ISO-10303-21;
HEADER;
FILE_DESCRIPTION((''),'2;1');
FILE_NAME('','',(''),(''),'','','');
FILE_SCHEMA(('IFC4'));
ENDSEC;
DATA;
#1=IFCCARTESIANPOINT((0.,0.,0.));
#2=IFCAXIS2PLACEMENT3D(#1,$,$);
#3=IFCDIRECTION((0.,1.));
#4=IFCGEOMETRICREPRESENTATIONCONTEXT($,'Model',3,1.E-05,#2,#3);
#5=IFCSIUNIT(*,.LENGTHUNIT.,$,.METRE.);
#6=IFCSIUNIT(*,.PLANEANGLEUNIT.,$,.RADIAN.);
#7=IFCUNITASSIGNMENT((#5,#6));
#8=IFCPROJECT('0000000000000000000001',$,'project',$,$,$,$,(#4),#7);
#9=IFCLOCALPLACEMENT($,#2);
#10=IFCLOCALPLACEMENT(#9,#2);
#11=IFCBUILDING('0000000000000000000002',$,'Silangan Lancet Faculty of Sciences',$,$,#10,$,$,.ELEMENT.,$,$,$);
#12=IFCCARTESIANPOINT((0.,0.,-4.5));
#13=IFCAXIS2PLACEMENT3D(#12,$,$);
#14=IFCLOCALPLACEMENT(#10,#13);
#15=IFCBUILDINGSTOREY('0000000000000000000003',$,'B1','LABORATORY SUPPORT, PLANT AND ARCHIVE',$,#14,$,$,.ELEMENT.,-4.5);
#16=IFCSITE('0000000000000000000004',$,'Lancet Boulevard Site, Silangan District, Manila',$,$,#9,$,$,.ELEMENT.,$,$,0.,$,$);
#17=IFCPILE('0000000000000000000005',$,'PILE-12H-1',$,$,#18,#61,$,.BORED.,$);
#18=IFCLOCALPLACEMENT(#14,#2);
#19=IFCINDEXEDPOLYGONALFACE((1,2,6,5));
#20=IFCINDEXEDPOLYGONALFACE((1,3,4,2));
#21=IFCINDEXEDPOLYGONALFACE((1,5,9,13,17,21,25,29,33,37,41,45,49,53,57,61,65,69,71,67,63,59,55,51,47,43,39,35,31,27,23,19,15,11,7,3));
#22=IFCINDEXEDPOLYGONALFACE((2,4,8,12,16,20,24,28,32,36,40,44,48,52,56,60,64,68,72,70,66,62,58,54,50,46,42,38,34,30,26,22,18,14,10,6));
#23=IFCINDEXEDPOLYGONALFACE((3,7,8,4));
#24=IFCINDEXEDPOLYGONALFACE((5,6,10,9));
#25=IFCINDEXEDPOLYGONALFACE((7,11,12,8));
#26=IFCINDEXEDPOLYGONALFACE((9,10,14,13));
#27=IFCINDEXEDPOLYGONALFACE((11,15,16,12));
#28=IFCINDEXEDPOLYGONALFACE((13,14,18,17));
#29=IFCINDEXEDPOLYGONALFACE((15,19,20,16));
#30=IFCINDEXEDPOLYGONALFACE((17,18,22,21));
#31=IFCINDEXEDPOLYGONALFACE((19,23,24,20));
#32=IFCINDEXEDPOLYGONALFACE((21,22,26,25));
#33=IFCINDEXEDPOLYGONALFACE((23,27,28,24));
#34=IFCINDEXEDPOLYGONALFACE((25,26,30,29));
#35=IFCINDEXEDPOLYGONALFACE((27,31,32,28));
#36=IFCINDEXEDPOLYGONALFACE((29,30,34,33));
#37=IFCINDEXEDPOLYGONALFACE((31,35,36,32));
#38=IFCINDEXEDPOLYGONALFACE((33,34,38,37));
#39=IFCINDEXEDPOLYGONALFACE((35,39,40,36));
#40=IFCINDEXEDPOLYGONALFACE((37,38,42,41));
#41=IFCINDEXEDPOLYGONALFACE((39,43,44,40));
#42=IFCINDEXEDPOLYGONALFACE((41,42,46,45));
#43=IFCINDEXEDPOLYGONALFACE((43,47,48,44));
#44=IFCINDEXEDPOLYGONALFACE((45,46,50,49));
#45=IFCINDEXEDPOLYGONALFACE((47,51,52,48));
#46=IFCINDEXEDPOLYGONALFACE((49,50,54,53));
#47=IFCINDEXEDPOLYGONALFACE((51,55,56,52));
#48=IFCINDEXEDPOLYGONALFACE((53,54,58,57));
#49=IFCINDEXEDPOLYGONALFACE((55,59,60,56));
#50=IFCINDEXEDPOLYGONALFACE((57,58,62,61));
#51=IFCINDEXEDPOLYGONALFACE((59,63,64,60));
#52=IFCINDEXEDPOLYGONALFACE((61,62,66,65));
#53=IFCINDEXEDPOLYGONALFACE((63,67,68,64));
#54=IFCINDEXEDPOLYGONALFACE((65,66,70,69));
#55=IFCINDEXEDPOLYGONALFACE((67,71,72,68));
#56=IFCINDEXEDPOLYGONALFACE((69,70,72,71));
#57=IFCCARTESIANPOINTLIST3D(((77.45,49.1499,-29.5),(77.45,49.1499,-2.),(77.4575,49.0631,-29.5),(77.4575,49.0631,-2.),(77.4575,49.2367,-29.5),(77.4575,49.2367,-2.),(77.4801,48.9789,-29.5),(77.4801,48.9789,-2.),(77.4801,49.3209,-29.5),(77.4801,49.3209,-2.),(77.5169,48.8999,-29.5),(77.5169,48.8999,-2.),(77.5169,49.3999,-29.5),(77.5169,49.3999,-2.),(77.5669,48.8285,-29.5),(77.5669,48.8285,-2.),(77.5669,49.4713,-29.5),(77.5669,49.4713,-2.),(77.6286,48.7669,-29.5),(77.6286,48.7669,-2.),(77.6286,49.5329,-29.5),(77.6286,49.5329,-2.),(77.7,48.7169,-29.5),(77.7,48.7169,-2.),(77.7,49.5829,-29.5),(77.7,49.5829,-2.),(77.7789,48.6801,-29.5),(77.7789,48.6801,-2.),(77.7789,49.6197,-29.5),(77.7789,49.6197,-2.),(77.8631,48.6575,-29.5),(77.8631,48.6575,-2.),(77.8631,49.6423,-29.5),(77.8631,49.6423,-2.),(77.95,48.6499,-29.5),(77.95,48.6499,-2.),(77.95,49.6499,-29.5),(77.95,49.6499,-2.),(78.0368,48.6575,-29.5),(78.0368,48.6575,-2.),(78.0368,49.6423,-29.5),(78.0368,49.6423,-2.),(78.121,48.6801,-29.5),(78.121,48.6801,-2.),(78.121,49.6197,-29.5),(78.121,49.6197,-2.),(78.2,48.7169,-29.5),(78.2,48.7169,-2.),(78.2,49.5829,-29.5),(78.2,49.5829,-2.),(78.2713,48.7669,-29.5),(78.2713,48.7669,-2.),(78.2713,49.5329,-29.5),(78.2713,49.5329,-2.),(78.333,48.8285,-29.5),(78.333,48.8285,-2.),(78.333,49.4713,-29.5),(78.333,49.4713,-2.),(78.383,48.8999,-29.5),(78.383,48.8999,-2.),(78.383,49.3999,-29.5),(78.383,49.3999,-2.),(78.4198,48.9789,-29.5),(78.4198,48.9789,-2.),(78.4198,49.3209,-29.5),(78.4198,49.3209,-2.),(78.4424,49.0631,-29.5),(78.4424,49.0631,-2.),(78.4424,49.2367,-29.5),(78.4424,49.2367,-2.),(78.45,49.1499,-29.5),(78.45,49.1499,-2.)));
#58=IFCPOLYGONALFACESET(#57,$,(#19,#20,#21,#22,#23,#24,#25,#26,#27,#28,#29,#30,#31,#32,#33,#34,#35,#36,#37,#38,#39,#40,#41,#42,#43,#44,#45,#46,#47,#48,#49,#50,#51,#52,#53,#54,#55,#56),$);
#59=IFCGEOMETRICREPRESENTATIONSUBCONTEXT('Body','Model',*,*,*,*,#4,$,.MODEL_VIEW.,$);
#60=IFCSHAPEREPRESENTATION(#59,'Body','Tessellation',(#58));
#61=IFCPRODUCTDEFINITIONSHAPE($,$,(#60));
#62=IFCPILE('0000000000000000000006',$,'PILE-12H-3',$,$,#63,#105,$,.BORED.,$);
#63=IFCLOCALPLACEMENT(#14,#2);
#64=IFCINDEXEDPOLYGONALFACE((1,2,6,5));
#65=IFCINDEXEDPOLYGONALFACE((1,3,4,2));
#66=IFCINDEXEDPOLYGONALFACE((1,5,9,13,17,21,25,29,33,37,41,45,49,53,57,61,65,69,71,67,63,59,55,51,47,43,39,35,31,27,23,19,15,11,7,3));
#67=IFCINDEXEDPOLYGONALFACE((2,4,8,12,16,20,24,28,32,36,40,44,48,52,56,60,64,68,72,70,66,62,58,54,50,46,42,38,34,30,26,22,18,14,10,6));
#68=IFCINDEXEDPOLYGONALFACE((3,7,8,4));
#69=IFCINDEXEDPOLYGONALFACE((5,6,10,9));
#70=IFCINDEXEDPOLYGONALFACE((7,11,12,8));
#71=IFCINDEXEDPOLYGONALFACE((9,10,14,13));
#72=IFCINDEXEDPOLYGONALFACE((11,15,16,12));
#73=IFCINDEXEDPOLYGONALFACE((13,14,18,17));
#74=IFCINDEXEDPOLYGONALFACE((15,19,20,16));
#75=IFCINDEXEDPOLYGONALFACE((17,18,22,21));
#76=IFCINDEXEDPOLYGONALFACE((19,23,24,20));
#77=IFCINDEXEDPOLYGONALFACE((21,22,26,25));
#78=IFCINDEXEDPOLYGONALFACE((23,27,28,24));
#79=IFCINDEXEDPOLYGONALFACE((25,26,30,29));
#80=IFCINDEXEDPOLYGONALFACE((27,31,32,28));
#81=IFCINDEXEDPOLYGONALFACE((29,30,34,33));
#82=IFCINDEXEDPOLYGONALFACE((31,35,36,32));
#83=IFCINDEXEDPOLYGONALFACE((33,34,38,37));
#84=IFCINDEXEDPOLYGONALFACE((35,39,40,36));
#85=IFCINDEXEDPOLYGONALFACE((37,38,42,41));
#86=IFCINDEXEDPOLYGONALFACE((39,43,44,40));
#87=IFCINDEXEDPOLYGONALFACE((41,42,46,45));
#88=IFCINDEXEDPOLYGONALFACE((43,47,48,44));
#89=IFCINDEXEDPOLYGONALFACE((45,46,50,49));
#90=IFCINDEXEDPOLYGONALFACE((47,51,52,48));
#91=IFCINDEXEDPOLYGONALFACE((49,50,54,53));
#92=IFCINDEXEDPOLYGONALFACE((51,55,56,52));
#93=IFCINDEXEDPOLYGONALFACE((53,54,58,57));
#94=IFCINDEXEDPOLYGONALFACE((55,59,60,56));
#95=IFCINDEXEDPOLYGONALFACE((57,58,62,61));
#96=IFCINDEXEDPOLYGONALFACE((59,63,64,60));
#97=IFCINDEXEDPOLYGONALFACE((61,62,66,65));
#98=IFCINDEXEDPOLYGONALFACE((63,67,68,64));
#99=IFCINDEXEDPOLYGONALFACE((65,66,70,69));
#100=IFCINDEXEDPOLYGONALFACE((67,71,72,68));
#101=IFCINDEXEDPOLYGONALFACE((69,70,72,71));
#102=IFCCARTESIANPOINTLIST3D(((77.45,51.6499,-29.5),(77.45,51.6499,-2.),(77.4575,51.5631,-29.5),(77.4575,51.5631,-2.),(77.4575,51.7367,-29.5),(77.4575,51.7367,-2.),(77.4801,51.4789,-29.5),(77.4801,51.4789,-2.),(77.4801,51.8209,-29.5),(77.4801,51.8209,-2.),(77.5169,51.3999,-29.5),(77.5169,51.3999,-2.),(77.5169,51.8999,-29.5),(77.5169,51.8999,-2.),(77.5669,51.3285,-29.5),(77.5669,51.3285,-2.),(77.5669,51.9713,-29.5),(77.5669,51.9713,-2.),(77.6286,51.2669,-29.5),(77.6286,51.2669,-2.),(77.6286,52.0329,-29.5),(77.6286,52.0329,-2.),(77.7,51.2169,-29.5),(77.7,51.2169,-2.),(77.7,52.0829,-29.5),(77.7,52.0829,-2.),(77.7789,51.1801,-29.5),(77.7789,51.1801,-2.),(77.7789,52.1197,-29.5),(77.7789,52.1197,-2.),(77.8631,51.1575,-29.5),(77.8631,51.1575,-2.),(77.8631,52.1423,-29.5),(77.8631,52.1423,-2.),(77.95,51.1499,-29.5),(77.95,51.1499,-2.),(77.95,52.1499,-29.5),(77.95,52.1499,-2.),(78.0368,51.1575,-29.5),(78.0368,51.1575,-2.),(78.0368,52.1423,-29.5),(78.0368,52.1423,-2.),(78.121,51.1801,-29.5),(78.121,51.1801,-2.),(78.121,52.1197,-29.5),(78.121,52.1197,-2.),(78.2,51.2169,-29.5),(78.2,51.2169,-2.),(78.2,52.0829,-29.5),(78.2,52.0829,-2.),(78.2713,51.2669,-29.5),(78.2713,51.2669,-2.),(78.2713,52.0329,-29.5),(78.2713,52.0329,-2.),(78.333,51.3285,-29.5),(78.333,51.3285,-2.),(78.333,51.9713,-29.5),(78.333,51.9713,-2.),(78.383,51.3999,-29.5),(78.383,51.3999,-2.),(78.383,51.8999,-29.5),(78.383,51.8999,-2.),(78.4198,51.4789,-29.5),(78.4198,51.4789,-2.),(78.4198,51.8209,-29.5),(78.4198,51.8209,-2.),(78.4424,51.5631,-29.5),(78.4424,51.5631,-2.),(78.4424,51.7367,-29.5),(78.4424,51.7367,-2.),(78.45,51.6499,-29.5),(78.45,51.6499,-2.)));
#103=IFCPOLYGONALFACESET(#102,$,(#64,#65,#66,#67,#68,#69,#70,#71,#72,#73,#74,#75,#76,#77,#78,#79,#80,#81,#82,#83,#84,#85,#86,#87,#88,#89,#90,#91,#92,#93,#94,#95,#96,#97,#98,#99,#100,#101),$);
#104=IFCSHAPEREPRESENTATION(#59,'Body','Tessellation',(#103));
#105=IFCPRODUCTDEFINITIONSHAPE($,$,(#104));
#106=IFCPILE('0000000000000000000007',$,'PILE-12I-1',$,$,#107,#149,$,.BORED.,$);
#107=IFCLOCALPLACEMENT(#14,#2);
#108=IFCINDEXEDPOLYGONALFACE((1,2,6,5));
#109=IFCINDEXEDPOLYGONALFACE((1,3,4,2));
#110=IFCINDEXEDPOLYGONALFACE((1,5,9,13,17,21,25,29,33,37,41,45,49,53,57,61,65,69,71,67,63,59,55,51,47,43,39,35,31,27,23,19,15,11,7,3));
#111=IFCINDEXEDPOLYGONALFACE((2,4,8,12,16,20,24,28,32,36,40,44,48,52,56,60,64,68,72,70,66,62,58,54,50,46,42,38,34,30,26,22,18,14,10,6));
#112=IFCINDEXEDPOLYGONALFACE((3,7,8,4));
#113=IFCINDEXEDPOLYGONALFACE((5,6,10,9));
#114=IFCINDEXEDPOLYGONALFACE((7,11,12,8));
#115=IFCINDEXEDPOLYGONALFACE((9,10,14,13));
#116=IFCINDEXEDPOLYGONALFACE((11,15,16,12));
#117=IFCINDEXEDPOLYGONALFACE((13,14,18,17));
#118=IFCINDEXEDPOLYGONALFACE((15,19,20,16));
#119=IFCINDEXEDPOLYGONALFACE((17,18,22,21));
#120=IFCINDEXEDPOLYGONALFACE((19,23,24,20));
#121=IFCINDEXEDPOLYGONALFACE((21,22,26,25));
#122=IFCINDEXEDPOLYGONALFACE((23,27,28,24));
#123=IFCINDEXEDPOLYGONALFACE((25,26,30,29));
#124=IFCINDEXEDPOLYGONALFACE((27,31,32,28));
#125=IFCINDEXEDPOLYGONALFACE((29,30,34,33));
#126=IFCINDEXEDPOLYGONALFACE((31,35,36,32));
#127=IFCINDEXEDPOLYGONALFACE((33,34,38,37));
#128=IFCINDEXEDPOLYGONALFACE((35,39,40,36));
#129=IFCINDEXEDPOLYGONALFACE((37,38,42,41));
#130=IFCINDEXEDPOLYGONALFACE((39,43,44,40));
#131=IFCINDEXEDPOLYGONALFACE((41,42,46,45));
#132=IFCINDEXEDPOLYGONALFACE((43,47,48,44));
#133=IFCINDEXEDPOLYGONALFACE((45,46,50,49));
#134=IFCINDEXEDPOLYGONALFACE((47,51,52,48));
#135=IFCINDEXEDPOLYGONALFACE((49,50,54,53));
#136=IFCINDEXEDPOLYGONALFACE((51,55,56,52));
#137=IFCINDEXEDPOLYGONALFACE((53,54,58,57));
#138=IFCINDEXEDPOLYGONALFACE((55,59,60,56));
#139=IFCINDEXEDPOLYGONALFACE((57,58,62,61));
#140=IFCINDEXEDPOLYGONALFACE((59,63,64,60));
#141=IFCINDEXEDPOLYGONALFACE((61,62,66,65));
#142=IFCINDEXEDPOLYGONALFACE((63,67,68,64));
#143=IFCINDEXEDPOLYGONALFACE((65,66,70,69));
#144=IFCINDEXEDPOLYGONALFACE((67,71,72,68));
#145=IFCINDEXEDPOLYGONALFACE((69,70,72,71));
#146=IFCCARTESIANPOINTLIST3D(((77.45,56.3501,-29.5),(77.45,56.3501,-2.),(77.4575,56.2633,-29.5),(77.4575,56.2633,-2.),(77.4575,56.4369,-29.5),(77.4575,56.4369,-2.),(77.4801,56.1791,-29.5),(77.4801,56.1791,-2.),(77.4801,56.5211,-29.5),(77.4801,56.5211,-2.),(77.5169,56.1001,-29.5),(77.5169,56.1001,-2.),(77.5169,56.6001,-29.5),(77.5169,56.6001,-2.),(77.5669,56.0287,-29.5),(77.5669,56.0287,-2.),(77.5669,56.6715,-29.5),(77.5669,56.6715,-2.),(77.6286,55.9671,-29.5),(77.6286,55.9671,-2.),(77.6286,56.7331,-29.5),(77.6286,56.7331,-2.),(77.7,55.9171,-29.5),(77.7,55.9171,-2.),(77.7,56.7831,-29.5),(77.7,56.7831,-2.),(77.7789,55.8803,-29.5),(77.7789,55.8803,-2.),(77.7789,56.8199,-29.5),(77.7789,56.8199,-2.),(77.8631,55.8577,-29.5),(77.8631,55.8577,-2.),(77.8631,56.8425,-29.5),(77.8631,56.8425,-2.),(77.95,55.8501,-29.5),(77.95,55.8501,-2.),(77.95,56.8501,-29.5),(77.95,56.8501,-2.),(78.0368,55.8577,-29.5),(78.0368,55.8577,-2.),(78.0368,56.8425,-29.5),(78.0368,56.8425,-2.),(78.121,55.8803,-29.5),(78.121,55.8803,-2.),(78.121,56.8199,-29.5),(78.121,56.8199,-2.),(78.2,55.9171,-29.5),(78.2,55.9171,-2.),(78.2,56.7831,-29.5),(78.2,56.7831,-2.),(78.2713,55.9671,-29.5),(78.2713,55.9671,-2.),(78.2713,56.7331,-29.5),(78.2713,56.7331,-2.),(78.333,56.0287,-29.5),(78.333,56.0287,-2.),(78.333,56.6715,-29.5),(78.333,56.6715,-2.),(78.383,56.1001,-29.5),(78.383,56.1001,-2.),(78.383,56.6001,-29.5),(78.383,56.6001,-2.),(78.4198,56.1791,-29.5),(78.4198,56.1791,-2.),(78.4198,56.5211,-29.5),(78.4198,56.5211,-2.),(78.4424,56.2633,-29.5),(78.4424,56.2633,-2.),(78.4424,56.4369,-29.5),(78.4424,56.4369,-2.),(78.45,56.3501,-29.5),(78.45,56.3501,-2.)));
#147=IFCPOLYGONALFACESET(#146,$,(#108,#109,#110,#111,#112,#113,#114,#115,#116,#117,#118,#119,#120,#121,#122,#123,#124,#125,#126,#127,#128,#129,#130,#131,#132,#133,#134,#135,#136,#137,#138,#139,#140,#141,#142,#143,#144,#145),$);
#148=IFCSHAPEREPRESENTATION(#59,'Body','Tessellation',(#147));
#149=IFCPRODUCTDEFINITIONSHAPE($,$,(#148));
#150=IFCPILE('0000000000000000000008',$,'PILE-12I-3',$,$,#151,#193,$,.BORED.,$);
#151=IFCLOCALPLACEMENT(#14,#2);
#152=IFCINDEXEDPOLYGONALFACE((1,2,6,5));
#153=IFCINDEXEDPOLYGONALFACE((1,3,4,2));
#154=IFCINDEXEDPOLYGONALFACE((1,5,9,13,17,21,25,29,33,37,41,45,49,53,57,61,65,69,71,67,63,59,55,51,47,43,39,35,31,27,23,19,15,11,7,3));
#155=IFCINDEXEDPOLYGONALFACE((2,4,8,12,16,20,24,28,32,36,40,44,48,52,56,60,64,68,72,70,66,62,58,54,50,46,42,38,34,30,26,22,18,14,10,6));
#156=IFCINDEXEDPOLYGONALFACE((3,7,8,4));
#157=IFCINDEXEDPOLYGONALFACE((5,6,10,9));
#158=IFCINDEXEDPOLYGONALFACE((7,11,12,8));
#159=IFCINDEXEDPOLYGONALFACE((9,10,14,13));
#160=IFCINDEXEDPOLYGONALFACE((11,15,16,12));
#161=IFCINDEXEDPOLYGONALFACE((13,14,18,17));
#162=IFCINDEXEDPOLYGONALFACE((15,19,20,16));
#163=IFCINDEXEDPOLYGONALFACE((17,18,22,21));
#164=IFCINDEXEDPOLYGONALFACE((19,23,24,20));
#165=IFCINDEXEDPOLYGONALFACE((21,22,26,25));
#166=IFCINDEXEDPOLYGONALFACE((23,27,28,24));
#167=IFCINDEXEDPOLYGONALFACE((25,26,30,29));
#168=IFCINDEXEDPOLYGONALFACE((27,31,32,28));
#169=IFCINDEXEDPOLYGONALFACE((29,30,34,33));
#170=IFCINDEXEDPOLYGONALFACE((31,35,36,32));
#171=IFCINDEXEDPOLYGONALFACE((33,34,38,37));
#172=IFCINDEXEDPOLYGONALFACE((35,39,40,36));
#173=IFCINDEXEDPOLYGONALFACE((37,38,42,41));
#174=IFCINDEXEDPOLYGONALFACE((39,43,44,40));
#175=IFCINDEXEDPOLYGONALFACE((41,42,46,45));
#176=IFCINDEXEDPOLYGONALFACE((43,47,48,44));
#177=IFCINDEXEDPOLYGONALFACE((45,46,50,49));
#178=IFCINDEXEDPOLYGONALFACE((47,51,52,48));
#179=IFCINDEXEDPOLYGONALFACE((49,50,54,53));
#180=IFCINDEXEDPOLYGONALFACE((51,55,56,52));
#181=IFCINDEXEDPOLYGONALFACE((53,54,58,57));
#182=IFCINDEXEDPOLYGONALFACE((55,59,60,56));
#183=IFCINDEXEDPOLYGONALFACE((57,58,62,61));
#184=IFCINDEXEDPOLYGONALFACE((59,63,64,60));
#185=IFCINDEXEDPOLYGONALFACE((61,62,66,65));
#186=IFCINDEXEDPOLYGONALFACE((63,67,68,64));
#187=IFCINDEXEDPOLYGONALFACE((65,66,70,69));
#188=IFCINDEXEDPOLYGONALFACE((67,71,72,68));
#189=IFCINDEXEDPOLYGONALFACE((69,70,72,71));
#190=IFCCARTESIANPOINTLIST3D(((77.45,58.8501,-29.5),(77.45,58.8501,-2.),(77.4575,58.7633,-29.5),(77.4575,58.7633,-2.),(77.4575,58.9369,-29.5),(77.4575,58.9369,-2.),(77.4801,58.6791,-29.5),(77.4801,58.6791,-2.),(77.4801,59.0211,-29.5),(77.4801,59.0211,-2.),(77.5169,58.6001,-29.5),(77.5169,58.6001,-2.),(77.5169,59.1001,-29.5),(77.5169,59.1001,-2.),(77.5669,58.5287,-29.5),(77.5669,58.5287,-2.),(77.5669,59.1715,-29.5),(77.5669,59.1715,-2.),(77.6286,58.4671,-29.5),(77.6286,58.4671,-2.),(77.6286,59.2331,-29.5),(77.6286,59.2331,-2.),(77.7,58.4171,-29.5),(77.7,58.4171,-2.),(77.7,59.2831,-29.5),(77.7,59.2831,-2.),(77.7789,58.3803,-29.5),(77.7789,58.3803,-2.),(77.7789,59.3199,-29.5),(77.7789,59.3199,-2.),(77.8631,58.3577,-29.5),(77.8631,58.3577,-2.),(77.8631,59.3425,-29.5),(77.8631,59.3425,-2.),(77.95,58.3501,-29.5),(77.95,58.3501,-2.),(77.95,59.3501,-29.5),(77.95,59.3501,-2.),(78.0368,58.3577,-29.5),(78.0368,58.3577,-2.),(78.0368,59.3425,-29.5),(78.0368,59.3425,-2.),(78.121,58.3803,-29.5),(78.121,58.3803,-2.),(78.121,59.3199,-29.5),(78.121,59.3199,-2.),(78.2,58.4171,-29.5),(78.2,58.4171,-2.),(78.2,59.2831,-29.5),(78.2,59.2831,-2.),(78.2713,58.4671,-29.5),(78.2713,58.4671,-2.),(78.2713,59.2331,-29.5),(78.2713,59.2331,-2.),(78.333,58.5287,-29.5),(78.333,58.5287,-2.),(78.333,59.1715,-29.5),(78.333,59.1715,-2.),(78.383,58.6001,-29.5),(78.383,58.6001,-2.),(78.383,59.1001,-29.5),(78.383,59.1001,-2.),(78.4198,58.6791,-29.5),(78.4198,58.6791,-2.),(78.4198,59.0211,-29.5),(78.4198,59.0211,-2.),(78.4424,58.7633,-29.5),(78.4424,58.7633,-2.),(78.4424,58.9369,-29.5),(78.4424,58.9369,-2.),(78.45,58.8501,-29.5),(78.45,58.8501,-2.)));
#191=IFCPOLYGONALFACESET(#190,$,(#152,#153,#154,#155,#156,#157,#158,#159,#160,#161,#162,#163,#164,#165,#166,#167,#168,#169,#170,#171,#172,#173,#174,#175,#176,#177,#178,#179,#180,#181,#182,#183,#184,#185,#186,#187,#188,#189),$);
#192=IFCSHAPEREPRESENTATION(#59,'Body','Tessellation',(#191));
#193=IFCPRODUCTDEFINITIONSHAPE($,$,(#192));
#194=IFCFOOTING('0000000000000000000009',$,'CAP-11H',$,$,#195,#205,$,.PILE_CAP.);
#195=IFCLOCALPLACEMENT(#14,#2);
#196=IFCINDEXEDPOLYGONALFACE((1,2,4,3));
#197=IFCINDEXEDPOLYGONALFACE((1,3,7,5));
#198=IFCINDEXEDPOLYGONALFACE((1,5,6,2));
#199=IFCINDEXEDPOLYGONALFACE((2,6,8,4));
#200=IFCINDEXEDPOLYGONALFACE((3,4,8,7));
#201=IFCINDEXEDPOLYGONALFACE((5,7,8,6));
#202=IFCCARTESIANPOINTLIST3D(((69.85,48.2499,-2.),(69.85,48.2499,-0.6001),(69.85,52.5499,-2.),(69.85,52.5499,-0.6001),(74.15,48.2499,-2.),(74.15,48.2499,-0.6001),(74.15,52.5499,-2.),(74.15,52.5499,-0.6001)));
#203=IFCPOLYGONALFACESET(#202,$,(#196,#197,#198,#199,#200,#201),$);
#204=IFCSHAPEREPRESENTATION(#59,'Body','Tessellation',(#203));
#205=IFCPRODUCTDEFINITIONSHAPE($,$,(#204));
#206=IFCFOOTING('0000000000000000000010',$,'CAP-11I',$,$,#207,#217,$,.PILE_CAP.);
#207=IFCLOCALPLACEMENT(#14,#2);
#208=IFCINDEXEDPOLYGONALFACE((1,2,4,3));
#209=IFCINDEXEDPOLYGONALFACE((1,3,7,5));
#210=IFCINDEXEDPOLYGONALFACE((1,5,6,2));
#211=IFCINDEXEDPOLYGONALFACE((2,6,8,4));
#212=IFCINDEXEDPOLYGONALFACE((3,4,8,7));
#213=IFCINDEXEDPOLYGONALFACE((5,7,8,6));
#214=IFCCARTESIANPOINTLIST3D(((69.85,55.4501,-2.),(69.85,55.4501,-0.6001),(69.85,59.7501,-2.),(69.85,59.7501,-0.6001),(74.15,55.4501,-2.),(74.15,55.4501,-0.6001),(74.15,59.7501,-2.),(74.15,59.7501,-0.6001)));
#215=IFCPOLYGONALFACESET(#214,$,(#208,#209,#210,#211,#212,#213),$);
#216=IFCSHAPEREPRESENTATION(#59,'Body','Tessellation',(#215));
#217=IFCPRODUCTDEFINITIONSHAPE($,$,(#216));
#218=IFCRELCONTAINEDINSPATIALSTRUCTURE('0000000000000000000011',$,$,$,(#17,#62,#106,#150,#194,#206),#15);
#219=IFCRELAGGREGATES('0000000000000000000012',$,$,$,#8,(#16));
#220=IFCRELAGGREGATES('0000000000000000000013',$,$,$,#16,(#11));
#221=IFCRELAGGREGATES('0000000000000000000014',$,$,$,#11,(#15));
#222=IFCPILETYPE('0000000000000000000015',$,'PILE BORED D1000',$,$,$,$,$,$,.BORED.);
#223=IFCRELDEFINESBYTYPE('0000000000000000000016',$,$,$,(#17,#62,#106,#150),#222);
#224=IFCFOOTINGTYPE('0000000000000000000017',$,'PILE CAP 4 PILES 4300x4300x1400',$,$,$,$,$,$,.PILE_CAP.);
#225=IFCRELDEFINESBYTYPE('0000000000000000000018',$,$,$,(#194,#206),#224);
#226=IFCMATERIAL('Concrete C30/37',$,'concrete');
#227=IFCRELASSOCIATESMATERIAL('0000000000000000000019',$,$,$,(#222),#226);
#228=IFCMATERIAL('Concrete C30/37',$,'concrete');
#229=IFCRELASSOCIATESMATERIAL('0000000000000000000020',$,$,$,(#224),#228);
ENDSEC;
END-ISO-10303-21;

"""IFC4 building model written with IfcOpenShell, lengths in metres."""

from ifc_helpers import new_model, si_unit, direction, frame, origin, origin_2d, place, context, subcontext, project, spatial, rectangle, circle, extrude, material, material_profile, profile_set, type_object, element, save


model = new_model("IFC4")

# Units and contexts
model_context = context("Model", 3, precision=1e-05, world=origin(), true_north=direction((0.0, 1.0)))
body_context = subcontext(model_context, "Body", "Model", "MODEL_VIEW")
ifc_project = project(units=[si_unit("LENGTHUNIT", "METRE"), si_unit("PLANEANGLEUNIT", "RADIAN")], contexts=[model_context])

# Site, building, storey
site_placement = place(None, origin())
site = spatial("IfcSite", under=ifc_project, at=site_placement, Name="Lancet Boulevard Site, Silangan District, Manila", CompositionType="ELEMENT", RefElevation=0.0)
building_placement = place(site_placement, origin())
building = spatial("IfcBuilding", under=site, at=building_placement, Name="Silangan Lancet Faculty of Sciences", CompositionType="ELEMENT")
storey_placement = place(building_placement, frame((0.0, 0.0, -4.5)))
storey = spatial("IfcBuildingStorey", under=building, at=storey_placement, Name="B1", Description="LABORATORY SUPPORT, PLANT AND ARCHIVE", CompositionType="ELEMENT", Elevation=-4.5)

# Piles
ifc_material_1 = material(Name="Concrete C30/37", Category="concrete")
ifc_material_profile_1 = material_profile(ifc_material_1, circle(Radius=0.5, at=origin_2d()), Name="BORED PILE D1000")
ifc_profile_set_1 = profile_set([ifc_material_profile_1], Name="Concrete C30/37")
pile_type = type_object("IfcPileType", Name="PILE BORED D1000", PredefinedType="BORED", material=ifc_profile_set_1)
for number, where, z_axis, x_axis, name in (
    (1, (77.95, 49.1499, -2.0), (0.0, 0.0, -1.0), (1.0, 0.0, 0.0), "PILE-12H-1"),
    (2, (77.95, 51.6499, -2.0), (0.0, 0.0, -1.0), (1.0, 0.0, 0.0), "PILE-12H-3"),
    (3, (77.95, 56.3501, -2.0), (0.0, 0.0, -1.0), (1.0, 0.0, 0.0), "PILE-12I-1"),
    (4, (77.95, 58.8501, -2.0), (0.0, 0.0, -1.0), (1.0, 0.0, 0.0), "PILE-12I-3"),
):
    element("IfcPile", number, at=place(storey_placement, frame(where, z_axis=z_axis, x_axis=x_axis)), inside=storey, type_object=pile_type, Name=name, PredefinedType="BORED", context=body_context, shape_type="SweptSolid", body=[
        extrude(circle(Radius=0.5, at=origin_2d()), origin(), (0.0, 0.0, 1.0), 27.5),
    ])

# Footings
ifc_material_2 = material(Name="Concrete C30/37", Category="concrete")
footing_type_1 = type_object("IfcFootingType", Name="PILE CAP 4 PILES 4300x4300x1400", PredefinedType="PILE_CAP", material=ifc_material_2)
for number, where, z_axis, x_axis, name in (
    (5, (72.0, 50.3999, -2.0), (0.0, 0.0, 1.0), (1.0, 0.0, 0.0), "CAP-11H"),
    (6, (72.0, 57.6001, -2.0), (0.0, 0.0, 1.0), (1.0, 0.0, 0.0), "CAP-11I"),
):
    element("IfcFooting", number, at=place(storey_placement, frame(where, z_axis=z_axis, x_axis=x_axis)), inside=storey, type_object=footing_type_1, Name=name, PredefinedType="PILE_CAP", context=body_context, shape_type="SweptSolid", body=[
        extrude(rectangle(XDim=4.3, YDim=4.3, at=origin_2d()), origin(), (0.0, 0.0, 1.0), 1.3999),
    ])

save(model, "model.ifc")
